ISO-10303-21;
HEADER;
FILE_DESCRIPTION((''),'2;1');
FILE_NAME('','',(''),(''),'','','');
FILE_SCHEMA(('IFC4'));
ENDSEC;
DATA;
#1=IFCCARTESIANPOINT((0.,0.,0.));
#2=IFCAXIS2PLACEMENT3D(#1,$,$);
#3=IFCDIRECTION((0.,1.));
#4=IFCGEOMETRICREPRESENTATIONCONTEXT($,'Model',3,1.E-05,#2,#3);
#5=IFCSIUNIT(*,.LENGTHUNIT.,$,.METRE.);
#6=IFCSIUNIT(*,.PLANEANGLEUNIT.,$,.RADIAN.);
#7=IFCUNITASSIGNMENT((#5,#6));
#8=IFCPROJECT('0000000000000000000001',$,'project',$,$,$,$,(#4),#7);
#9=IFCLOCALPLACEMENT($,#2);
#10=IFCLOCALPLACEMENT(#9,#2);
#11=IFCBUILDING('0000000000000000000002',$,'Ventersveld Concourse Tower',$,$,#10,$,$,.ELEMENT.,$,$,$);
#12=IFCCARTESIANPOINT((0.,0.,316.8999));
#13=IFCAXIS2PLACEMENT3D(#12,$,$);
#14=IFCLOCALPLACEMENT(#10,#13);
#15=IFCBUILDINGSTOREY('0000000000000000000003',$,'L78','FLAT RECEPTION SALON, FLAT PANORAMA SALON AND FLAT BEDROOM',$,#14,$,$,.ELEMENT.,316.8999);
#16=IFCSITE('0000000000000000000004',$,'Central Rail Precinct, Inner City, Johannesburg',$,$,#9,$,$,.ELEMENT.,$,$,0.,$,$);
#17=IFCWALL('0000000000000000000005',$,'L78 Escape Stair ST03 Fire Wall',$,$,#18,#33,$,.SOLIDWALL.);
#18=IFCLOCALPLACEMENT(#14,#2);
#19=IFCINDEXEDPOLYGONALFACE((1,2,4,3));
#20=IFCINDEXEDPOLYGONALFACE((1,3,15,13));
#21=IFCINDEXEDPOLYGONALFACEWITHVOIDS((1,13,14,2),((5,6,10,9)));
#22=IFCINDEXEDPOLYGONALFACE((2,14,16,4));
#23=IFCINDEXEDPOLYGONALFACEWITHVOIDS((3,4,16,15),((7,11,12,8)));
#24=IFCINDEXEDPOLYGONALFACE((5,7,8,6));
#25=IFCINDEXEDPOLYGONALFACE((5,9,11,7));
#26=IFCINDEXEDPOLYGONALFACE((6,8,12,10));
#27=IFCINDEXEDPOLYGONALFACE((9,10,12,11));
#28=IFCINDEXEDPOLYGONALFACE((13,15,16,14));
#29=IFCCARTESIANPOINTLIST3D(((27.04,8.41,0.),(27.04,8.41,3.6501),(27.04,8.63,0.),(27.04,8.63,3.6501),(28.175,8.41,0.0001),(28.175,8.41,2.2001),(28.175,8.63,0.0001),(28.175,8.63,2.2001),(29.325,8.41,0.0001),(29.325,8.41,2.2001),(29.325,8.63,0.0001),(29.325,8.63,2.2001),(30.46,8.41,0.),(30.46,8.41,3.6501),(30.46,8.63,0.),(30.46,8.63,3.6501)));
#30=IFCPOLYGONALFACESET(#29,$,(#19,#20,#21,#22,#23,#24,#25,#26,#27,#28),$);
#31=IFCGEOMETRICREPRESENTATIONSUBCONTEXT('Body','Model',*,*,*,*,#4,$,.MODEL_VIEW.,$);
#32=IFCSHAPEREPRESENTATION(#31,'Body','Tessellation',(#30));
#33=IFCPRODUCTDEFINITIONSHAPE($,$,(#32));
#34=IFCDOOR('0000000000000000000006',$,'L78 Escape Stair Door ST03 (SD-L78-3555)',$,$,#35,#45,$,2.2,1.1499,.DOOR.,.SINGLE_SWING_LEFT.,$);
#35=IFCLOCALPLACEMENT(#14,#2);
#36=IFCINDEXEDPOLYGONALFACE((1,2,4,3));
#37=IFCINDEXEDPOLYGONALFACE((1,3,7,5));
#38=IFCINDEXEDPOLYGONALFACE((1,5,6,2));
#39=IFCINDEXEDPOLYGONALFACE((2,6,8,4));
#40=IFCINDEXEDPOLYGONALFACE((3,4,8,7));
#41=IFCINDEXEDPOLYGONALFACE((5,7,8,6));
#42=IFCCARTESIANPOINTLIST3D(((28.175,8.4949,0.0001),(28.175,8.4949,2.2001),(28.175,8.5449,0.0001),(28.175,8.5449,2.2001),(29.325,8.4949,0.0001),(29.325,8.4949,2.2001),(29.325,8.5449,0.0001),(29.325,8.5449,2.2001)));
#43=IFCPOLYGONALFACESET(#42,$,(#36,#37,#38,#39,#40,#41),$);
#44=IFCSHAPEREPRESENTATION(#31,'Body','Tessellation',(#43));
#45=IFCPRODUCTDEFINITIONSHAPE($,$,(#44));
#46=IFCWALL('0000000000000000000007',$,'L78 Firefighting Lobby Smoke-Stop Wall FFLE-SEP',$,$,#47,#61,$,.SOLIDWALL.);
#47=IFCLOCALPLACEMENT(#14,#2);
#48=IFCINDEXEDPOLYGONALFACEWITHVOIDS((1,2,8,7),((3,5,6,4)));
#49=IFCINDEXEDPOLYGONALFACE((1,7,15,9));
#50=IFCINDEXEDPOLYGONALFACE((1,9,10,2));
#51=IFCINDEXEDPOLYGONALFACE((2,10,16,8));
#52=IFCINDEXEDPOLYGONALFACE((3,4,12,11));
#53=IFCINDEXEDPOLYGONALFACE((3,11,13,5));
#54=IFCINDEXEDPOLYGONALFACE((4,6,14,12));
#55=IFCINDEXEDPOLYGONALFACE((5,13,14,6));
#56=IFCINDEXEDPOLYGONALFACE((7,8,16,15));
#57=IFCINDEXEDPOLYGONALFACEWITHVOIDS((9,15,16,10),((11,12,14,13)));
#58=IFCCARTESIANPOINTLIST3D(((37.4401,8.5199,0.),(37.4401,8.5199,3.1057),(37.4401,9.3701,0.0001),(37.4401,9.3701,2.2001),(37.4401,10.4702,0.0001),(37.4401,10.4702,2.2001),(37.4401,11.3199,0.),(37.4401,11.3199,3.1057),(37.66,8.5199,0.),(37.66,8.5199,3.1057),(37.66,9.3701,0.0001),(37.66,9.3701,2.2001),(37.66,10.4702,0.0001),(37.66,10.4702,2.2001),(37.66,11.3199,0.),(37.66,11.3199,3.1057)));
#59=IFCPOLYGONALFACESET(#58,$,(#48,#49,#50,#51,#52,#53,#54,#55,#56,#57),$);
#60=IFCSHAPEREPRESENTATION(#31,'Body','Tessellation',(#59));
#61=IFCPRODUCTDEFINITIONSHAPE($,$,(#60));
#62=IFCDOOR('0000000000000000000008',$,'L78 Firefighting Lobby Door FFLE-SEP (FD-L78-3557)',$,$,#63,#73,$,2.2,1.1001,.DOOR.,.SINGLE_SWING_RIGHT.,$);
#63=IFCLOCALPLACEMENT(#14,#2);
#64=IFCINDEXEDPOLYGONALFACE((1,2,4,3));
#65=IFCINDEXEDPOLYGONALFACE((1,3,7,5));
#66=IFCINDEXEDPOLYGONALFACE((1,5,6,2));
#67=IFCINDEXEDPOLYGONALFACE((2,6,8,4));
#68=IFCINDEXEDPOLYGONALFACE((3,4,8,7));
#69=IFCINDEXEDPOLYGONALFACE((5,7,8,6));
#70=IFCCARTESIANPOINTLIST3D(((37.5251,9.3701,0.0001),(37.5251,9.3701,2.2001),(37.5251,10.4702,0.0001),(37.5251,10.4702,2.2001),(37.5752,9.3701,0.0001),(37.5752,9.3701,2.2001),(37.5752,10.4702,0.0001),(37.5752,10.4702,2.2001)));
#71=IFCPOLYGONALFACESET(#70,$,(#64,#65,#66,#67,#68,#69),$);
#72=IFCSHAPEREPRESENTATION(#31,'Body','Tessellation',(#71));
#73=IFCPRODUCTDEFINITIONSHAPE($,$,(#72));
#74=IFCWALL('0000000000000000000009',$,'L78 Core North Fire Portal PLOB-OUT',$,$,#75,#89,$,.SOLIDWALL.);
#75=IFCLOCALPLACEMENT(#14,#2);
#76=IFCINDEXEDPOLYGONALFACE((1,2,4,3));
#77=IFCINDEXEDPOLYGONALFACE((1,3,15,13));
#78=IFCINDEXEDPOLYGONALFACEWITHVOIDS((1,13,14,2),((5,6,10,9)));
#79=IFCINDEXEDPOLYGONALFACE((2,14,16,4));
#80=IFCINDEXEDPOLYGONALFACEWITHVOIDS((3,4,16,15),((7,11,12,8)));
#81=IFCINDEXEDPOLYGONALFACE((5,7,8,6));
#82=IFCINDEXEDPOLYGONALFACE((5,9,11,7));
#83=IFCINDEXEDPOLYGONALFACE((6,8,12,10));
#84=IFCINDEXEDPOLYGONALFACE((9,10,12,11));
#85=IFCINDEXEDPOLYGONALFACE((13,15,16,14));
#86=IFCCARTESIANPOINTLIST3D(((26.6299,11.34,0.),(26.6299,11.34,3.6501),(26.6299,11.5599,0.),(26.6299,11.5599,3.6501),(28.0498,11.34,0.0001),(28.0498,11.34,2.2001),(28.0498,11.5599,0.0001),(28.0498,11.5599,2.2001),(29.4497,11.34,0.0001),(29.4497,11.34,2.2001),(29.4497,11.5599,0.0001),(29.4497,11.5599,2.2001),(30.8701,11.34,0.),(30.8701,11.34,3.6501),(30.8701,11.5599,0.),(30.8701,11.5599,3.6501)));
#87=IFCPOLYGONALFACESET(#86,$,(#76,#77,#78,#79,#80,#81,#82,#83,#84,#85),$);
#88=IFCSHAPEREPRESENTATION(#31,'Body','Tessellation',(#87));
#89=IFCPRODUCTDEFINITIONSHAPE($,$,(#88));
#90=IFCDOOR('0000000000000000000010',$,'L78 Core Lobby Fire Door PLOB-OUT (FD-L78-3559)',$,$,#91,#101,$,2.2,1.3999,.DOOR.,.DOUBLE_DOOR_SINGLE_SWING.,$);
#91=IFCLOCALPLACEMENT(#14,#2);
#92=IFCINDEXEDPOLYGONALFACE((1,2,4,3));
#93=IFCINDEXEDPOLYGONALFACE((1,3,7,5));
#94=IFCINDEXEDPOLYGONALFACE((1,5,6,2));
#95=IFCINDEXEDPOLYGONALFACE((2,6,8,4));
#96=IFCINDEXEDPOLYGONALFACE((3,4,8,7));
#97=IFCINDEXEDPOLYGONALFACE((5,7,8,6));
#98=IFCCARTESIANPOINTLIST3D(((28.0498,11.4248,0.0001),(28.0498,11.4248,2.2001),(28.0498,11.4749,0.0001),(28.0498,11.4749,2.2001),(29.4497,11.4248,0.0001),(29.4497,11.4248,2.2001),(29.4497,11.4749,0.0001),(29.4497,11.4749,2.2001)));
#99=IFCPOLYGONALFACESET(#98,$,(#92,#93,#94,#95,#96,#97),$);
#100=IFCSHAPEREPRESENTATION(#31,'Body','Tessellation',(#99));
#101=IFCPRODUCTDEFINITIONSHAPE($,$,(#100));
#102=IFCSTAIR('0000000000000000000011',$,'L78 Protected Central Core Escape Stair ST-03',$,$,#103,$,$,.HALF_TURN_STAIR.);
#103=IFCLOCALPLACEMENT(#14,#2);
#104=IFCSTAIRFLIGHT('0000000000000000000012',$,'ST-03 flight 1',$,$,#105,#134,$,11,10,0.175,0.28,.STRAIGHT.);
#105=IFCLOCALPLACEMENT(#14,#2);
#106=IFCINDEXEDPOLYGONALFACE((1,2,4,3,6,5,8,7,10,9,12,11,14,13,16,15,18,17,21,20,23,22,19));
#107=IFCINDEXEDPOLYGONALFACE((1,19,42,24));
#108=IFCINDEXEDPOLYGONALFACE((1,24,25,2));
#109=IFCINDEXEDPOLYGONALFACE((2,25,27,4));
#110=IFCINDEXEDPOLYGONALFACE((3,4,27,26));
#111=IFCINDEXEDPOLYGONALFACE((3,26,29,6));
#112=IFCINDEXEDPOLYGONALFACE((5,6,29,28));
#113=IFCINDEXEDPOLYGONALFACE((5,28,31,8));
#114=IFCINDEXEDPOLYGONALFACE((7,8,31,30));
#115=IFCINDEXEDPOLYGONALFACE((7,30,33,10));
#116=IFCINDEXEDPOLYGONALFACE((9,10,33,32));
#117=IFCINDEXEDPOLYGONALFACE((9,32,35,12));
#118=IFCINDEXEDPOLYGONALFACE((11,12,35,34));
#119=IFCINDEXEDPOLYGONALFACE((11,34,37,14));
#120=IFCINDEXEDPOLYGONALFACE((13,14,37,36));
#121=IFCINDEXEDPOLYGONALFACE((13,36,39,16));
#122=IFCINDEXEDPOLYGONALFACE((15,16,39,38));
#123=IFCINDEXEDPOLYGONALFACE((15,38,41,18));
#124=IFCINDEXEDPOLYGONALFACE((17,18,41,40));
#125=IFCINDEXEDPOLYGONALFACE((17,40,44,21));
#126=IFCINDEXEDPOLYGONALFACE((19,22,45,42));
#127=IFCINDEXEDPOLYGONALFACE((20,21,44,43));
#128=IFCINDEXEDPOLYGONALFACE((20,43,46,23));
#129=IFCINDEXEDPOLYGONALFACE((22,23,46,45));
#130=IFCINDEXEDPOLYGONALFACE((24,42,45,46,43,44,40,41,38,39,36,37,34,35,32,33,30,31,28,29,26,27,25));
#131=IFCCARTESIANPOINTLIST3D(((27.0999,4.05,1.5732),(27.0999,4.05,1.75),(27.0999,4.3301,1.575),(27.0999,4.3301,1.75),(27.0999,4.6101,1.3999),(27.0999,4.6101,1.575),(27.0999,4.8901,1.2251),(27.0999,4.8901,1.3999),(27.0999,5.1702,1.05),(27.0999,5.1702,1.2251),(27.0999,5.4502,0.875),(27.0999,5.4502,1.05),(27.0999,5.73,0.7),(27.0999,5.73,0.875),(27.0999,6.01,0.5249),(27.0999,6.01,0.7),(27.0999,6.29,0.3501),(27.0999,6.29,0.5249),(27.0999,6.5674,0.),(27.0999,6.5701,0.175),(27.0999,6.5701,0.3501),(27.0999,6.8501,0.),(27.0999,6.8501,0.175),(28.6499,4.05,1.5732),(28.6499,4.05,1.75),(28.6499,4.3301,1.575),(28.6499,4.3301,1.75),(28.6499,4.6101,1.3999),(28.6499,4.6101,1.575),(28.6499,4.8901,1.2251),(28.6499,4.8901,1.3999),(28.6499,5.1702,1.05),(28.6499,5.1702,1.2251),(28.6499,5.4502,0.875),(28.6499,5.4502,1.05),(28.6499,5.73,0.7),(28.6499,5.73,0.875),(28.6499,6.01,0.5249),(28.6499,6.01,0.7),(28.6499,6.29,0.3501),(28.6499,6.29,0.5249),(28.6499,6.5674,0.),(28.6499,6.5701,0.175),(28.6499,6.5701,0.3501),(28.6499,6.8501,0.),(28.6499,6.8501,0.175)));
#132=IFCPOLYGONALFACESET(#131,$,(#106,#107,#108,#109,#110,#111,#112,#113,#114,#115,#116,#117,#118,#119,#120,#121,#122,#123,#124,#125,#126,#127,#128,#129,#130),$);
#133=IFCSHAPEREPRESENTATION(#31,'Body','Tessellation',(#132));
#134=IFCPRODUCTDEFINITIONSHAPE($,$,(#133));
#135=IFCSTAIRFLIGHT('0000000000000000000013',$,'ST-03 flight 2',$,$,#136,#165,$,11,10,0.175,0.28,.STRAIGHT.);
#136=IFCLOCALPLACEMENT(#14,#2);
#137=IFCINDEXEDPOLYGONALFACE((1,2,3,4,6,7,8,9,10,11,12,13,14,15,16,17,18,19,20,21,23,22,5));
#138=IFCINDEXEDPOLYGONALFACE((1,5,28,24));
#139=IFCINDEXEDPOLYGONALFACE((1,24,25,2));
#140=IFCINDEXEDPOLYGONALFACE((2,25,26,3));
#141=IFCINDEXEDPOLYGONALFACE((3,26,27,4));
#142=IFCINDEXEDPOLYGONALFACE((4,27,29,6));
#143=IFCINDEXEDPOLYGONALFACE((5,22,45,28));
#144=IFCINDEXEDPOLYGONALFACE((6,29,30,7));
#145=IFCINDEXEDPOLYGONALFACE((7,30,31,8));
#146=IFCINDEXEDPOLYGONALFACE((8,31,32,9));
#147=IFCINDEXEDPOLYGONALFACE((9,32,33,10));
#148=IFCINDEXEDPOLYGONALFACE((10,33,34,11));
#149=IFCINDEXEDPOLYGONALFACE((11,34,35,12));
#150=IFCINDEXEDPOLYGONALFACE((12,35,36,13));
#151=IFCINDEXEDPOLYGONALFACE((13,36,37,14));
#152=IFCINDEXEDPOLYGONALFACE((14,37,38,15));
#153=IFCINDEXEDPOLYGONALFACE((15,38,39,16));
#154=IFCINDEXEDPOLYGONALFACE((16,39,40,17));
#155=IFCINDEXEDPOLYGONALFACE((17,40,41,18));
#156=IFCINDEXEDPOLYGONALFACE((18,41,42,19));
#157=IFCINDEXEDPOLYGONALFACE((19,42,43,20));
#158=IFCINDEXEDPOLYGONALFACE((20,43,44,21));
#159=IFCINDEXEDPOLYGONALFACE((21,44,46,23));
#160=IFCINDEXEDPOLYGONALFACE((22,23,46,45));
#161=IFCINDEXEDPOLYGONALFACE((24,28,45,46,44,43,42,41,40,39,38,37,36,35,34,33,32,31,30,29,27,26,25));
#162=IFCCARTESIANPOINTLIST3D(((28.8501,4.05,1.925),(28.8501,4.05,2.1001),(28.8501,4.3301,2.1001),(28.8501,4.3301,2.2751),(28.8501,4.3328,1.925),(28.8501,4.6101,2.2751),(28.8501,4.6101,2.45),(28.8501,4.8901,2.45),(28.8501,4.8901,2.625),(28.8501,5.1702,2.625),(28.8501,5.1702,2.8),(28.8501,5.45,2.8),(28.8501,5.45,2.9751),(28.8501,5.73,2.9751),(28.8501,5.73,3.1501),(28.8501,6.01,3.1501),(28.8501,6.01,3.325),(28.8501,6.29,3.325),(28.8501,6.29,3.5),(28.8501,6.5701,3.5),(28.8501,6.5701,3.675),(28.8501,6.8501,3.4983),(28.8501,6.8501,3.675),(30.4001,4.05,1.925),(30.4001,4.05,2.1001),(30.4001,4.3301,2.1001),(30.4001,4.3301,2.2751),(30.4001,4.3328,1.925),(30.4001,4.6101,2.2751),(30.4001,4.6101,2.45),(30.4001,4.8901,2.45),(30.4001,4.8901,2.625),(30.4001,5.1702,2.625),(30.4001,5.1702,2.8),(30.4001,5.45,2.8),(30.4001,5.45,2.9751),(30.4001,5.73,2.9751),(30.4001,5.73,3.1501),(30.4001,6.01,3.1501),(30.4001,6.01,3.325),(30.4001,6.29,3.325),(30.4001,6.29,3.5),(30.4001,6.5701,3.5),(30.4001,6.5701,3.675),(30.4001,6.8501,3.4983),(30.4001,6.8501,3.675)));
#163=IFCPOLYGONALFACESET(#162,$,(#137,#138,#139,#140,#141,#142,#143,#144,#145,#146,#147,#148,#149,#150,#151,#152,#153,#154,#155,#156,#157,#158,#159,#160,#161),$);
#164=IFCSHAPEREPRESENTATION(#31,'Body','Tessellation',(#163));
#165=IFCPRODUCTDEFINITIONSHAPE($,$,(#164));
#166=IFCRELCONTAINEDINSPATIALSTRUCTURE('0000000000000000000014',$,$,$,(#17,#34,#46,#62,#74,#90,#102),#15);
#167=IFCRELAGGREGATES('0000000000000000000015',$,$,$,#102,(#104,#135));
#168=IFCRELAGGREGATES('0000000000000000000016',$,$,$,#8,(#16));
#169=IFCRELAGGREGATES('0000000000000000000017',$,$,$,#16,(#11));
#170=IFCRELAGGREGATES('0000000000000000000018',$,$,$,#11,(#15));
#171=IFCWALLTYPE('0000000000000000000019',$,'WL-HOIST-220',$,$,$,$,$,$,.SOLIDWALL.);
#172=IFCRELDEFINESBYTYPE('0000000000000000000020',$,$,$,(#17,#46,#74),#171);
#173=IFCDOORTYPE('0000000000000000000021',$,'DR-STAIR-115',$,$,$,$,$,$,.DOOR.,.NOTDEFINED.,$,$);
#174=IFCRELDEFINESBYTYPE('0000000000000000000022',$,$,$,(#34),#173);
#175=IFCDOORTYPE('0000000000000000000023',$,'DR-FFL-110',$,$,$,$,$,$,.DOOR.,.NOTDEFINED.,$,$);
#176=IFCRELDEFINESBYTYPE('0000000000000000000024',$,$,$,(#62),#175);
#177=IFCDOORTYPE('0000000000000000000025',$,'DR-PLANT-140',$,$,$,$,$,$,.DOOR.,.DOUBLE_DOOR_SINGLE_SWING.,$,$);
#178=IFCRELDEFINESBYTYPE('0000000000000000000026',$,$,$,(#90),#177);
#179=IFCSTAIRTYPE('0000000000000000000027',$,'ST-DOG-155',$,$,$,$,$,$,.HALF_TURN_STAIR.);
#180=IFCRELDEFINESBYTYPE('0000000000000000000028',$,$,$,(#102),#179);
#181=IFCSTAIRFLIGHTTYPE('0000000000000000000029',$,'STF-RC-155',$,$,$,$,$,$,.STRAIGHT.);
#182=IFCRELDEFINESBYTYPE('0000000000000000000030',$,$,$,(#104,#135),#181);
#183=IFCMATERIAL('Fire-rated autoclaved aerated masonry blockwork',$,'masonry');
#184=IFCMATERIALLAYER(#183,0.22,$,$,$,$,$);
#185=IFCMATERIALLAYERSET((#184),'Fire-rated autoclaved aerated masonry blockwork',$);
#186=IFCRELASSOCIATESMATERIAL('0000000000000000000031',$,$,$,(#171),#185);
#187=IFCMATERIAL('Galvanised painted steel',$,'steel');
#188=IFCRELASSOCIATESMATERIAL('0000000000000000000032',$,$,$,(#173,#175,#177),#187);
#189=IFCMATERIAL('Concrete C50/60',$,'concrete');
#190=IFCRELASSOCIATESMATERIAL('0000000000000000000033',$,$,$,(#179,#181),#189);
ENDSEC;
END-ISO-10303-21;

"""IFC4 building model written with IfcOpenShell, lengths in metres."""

from ifc_helpers import new_model, si_unit, direction, frame, frame_2d, origin, place, context, subcontext, project, spatial, polyline, rectangle, outline, extrude, material, layer, layer_set, type_object, element, fill, aggregate, save


model = new_model("IFC4")

# Units and contexts
model_context = context("Model", 3, precision=1e-05, world=origin(), true_north=direction((0.0, 1.0)))
body_context = subcontext(model_context, "Body", "Model", "MODEL_VIEW")
ifc_project = project(units=[si_unit("LENGTHUNIT", "METRE"), si_unit("PLANEANGLEUNIT", "RADIAN")], contexts=[model_context])

# Site, building, storey
site_placement = place(None, origin())
site = spatial("IfcSite", under=ifc_project, at=site_placement, Name="Central Rail Precinct, Inner City, Johannesburg", CompositionType="ELEMENT", RefElevation=0.0)
building_placement = place(site_placement, origin())
building = spatial("IfcBuilding", under=site, at=building_placement, Name="Ventersveld Concourse Tower", CompositionType="ELEMENT")
storey_placement = place(building_placement, frame((0.0, 0.0, 316.8999)))
storey = spatial("IfcBuildingStorey", under=building, at=storey_placement, Name="L78", Description="FLAT RECEPTION SALON, FLAT PANORAMA SALON AND FLAT BEDROOM", CompositionType="ELEMENT", Elevation=316.8999)

# Shared definitions
ifc_material_1 = material(Name="Concrete C50/60", Category="concrete")

# Shared definitions
ifc_material_2 = material(Name="Fire-rated autoclaved aerated masonry blockwork", Category="masonry")
ifc_material_3 = material(Name="Galvanised painted steel", Category="steel")

# Shared definitions
ifc_layer_1 = layer(ifc_material_2, 0.22)
ifc_layer_set_1 = layer_set([ifc_layer_1], Name="Fire-rated autoclaved aerated masonry blockwork")
wall_type_1 = type_object("IfcWallType", Name="WL-HOIST-220", PredefinedType="SOLIDWALL", material=ifc_layer_set_1)

# Walls, openings, doors
wall_1_placement = place(storey_placement, frame((27.04, 8.52, 0.0), z_axis=(0.0, 0.0, 1.0), x_axis=(1.0, 0.0, 0.0)))
wall_1 = element("IfcWall", 1, at=wall_1_placement, inside=storey, type_object=wall_type_1, Name="L78 Escape Stair ST03 Fire Wall", PredefinedType="SOLIDWALL", context=body_context, shape_type="SweptSolid", body=[
    extrude(rectangle(XDim=3.4199, YDim=0.22, at=frame_2d((1.71, 0.0))), origin(), (0.0, 0.0, 1.0), 3.6501),
])
opening_1_placement = place(wall_1_placement, frame((1.135, 0.0, 0.0)))
opening_1 = element("IfcOpeningElement", 2, at=opening_1_placement, cuts=wall_1, PredefinedType="OPENING", context=body_context, shape_type="SweptSolid", body=[
    extrude(rectangle(XDim=1.1499, YDim=2.2, at=frame_2d((0.575, 1.1001))), frame((0.0, 0.1201, 0.0), z_axis=(0.0, -1.0, 0.0), x_axis=(1.0, 0.0, 0.0)), (0.0, 0.0, 1.0), 0.24),
])
door_type_1 = type_object("IfcDoorType", Name="DR-STAIR-115", OperationType="NOTDEFINED", PredefinedType="DOOR", material=ifc_material_3)
door_1_placement = place(opening_1_placement, origin())
door_1 = element("IfcDoor", 3, at=door_1_placement, inside=storey, type_object=door_type_1, Name="L78 Escape Stair Door ST03 (SD-L78-3555)", OperationType="SINGLE_SWING_LEFT", OverallHeight=2.2, OverallWidth=1.1499, PredefinedType="DOOR", context=body_context, shape_type="SweptSolid", body=[
    extrude(rectangle(XDim=1.1499, YDim=2.2, at=frame_2d((0.575, 1.1001))), frame((0.0, 0.0249, 0.0), z_axis=(0.0, -1.0, 0.0), x_axis=(1.0, 0.0, 0.0)), (0.0, 0.0, 1.0), 0.05),
])
fill(opening_1, door_1)
wall_2_placement = place(storey_placement, frame((37.55, 8.52, 0.0), z_axis=(0.0, 0.0, 1.0), x_axis=(0.0, 1.0, 0.0)))
wall_2 = element("IfcWall", 4, at=wall_2_placement, inside=storey, type_object=wall_type_1, Name="L78 Firefighting Lobby Smoke-Stop Wall FFLE-SEP", PredefinedType="SOLIDWALL", context=body_context, shape_type="SweptSolid", body=[
    extrude(rectangle(XDim=2.8, YDim=0.22, at=frame_2d((1.3999, 0.0))), origin(), (0.0, 0.0, 1.0), 3.1057),
])
opening_2_placement = place(wall_2_placement, frame((0.8501, 0.0, 0.0)))
opening_2 = element("IfcOpeningElement", 5, at=opening_2_placement, cuts=wall_2, PredefinedType="OPENING", context=body_context, shape_type="SweptSolid", body=[
    extrude(rectangle(XDim=1.1001, YDim=2.2, at=frame_2d((0.55, 1.1001))), frame((0.0, 0.1201, 0.0), z_axis=(0.0, -1.0, 0.0), x_axis=(1.0, 0.0, 0.0)), (0.0, 0.0, 1.0), 0.24),
])
door_type_2 = type_object("IfcDoorType", Name="DR-FFL-110", OperationType="NOTDEFINED", PredefinedType="DOOR", material=ifc_material_3)
door_2_placement = place(opening_2_placement, origin())
door_2 = element("IfcDoor", 6, at=door_2_placement, inside=storey, type_object=door_type_2, Name="L78 Firefighting Lobby Door FFLE-SEP (FD-L78-3557)", OperationType="SINGLE_SWING_RIGHT", OverallHeight=2.2, OverallWidth=1.1001, PredefinedType="DOOR", context=body_context, shape_type="SweptSolid", body=[
    extrude(rectangle(XDim=1.1001, YDim=2.2, at=frame_2d((0.55, 1.1001))), frame((0.0, 0.0249, 0.0), z_axis=(0.0, -1.0, 0.0), x_axis=(1.0, 0.0, 0.0)), (0.0, 0.0, 1.0), 0.05),
])
fill(opening_2, door_2)
wall_3_placement = place(storey_placement, frame((26.6299, 11.45, 0.0), z_axis=(0.0, 0.0, 1.0), x_axis=(1.0, 0.0, 0.0)))
wall_3 = element("IfcWall", 7, at=wall_3_placement, inside=storey, type_object=wall_type_1, Name="L78 Core North Fire Portal PLOB-OUT", PredefinedType="SOLIDWALL", context=body_context, shape_type="SweptSolid", body=[
    extrude(rectangle(XDim=4.2402, YDim=0.22, at=frame_2d((2.1201, 0.0))), origin(), (0.0, 0.0, 1.0), 3.6501),
])
opening_3_placement = place(wall_3_placement, frame((1.4199, 0.0, 0.0)))
opening_3 = element("IfcOpeningElement", 8, at=opening_3_placement, cuts=wall_3, PredefinedType="OPENING", context=body_context, shape_type="SweptSolid", body=[
    extrude(rectangle(XDim=1.3999, YDim=2.2, at=frame_2d((0.7, 1.1001))), frame((0.0, 0.1201, 0.0), z_axis=(0.0, -1.0, 0.0), x_axis=(1.0, 0.0, 0.0)), (0.0, 0.0, 1.0), 0.24),
])
door_type_3 = type_object("IfcDoorType", Name="DR-PLANT-140", OperationType="DOUBLE_DOOR_SINGLE_SWING", PredefinedType="DOOR", material=ifc_material_3)
door_3_placement = place(opening_3_placement, origin())
door_3 = element("IfcDoor", 9, at=door_3_placement, inside=storey, type_object=door_type_3, Name="L78 Core Lobby Fire Door PLOB-OUT (FD-L78-3559)", OperationType="DOUBLE_DOOR_SINGLE_SWING", OverallHeight=2.2, OverallWidth=1.3999, PredefinedType="DOOR", context=body_context, shape_type="SweptSolid", body=[
    extrude(rectangle(XDim=1.3999, YDim=2.2, at=frame_2d((0.7, 1.1001))), frame((0.0, 0.0249, 0.0), z_axis=(0.0, -1.0, 0.0), x_axis=(1.0, 0.0, 0.0)), (0.0, 0.0, 1.0), 0.05),
])
fill(opening_3, door_3)

# Stair, stair flights
stair_type = type_object("IfcStairType", Name="ST-DOG-155", PredefinedType="HALF_TURN_STAIR", material=ifc_material_1)
stair_placement = place(storey_placement, origin())
stair = element("IfcStair", 10, at=stair_placement, inside=storey, type_object=stair_type, Name="L78 Protected Central Core Escape Stair ST-03", PredefinedType="HALF_TURN_STAIR")
stair_flight_type = type_object("IfcStairFlightType", Name="STF-RC-155", PredefinedType="STRAIGHT", material=ifc_material_1)
stair_flight_1_placement = place(storey_placement, frame((27.875, 6.8501, 0.0), z_axis=(0.0, 0.0, 1.0), x_axis=(0.0, -1.0, 0.0)))
stair_flight_1 = element("IfcStairFlight", 11, at=stair_flight_1_placement, type_object=stair_flight_type, Name="ST-03 flight 1", NumberOfRisers=11, NumberOfTreads=10, PredefinedType="STRAIGHT", RiserHeight=0.175, TreadLength=0.28, context=body_context, shape_type="SweptSolid", body=[
    extrude(outline(polyline([(0.0, 0.0), (0.0, 0.175), (0.28, 0.175), (0.28, 0.3501), (0.5601, 0.3501), (0.5601, 0.5249), (0.8401, 0.5249), (0.8401, 0.7), (1.1201, 0.7), (1.1201, 0.875), (1.3999, 0.875), (1.3999, 1.05), (1.6799, 1.05), (1.6799, 1.2251), (1.96, 1.2251), (1.96, 1.3999), (2.24, 1.3999), (2.24, 1.575), (2.52, 1.575), (2.52, 1.75), (2.8, 1.75), (2.8, 1.925), (2.8, 1.5732), (0.2827, 0.0), (0.0, 0.0)])), frame((0.0, 0.7749, 0.0), z_axis=(0.0, -1.0, 0.0), x_axis=(1.0, 0.0, 0.0)), (0.0, 0.0, 1.0), 1.55),
])
stair_flight_2_placement = place(storey_placement, frame((29.625, 4.05, 1.925), z_axis=(0.0, 0.0, 1.0), x_axis=(0.0, 1.0, 0.0)))
stair_flight_2 = element("IfcStairFlight", 12, at=stair_flight_2_placement, type_object=stair_flight_type, Name="ST-03 flight 2", NumberOfRisers=11, NumberOfTreads=10, PredefinedType="STRAIGHT", RiserHeight=0.175, TreadLength=0.28, context=body_context, shape_type="SweptSolid", body=[
    extrude(outline(polyline([(0.0, 0.0), (0.0, 0.175), (0.28, 0.175), (0.28, 0.3501), (0.5601, 0.3501), (0.5601, 0.5249), (0.8401, 0.5249), (0.8401, 0.7), (1.1201, 0.7), (1.1201, 0.875), (1.3999, 0.875), (1.3999, 1.05), (1.6799, 1.05), (1.6799, 1.2251), (1.96, 1.2251), (1.96, 1.3999), (2.24, 1.3999), (2.24, 1.575), (2.52, 1.575), (2.52, 1.75), (2.8, 1.75), (2.8, 1.925), (2.8, 1.5732), (0.2827, 0.0), (0.0, 0.0)])), frame((0.0, 0.7749, 0.0), z_axis=(0.0, -1.0, 0.0), x_axis=(1.0, 0.0, 0.0)), (0.0, 0.0, 1.0), 1.55),
])
aggregate(stair, [stair_flight_1, stair_flight_2])

save(model, "model.ifc")
